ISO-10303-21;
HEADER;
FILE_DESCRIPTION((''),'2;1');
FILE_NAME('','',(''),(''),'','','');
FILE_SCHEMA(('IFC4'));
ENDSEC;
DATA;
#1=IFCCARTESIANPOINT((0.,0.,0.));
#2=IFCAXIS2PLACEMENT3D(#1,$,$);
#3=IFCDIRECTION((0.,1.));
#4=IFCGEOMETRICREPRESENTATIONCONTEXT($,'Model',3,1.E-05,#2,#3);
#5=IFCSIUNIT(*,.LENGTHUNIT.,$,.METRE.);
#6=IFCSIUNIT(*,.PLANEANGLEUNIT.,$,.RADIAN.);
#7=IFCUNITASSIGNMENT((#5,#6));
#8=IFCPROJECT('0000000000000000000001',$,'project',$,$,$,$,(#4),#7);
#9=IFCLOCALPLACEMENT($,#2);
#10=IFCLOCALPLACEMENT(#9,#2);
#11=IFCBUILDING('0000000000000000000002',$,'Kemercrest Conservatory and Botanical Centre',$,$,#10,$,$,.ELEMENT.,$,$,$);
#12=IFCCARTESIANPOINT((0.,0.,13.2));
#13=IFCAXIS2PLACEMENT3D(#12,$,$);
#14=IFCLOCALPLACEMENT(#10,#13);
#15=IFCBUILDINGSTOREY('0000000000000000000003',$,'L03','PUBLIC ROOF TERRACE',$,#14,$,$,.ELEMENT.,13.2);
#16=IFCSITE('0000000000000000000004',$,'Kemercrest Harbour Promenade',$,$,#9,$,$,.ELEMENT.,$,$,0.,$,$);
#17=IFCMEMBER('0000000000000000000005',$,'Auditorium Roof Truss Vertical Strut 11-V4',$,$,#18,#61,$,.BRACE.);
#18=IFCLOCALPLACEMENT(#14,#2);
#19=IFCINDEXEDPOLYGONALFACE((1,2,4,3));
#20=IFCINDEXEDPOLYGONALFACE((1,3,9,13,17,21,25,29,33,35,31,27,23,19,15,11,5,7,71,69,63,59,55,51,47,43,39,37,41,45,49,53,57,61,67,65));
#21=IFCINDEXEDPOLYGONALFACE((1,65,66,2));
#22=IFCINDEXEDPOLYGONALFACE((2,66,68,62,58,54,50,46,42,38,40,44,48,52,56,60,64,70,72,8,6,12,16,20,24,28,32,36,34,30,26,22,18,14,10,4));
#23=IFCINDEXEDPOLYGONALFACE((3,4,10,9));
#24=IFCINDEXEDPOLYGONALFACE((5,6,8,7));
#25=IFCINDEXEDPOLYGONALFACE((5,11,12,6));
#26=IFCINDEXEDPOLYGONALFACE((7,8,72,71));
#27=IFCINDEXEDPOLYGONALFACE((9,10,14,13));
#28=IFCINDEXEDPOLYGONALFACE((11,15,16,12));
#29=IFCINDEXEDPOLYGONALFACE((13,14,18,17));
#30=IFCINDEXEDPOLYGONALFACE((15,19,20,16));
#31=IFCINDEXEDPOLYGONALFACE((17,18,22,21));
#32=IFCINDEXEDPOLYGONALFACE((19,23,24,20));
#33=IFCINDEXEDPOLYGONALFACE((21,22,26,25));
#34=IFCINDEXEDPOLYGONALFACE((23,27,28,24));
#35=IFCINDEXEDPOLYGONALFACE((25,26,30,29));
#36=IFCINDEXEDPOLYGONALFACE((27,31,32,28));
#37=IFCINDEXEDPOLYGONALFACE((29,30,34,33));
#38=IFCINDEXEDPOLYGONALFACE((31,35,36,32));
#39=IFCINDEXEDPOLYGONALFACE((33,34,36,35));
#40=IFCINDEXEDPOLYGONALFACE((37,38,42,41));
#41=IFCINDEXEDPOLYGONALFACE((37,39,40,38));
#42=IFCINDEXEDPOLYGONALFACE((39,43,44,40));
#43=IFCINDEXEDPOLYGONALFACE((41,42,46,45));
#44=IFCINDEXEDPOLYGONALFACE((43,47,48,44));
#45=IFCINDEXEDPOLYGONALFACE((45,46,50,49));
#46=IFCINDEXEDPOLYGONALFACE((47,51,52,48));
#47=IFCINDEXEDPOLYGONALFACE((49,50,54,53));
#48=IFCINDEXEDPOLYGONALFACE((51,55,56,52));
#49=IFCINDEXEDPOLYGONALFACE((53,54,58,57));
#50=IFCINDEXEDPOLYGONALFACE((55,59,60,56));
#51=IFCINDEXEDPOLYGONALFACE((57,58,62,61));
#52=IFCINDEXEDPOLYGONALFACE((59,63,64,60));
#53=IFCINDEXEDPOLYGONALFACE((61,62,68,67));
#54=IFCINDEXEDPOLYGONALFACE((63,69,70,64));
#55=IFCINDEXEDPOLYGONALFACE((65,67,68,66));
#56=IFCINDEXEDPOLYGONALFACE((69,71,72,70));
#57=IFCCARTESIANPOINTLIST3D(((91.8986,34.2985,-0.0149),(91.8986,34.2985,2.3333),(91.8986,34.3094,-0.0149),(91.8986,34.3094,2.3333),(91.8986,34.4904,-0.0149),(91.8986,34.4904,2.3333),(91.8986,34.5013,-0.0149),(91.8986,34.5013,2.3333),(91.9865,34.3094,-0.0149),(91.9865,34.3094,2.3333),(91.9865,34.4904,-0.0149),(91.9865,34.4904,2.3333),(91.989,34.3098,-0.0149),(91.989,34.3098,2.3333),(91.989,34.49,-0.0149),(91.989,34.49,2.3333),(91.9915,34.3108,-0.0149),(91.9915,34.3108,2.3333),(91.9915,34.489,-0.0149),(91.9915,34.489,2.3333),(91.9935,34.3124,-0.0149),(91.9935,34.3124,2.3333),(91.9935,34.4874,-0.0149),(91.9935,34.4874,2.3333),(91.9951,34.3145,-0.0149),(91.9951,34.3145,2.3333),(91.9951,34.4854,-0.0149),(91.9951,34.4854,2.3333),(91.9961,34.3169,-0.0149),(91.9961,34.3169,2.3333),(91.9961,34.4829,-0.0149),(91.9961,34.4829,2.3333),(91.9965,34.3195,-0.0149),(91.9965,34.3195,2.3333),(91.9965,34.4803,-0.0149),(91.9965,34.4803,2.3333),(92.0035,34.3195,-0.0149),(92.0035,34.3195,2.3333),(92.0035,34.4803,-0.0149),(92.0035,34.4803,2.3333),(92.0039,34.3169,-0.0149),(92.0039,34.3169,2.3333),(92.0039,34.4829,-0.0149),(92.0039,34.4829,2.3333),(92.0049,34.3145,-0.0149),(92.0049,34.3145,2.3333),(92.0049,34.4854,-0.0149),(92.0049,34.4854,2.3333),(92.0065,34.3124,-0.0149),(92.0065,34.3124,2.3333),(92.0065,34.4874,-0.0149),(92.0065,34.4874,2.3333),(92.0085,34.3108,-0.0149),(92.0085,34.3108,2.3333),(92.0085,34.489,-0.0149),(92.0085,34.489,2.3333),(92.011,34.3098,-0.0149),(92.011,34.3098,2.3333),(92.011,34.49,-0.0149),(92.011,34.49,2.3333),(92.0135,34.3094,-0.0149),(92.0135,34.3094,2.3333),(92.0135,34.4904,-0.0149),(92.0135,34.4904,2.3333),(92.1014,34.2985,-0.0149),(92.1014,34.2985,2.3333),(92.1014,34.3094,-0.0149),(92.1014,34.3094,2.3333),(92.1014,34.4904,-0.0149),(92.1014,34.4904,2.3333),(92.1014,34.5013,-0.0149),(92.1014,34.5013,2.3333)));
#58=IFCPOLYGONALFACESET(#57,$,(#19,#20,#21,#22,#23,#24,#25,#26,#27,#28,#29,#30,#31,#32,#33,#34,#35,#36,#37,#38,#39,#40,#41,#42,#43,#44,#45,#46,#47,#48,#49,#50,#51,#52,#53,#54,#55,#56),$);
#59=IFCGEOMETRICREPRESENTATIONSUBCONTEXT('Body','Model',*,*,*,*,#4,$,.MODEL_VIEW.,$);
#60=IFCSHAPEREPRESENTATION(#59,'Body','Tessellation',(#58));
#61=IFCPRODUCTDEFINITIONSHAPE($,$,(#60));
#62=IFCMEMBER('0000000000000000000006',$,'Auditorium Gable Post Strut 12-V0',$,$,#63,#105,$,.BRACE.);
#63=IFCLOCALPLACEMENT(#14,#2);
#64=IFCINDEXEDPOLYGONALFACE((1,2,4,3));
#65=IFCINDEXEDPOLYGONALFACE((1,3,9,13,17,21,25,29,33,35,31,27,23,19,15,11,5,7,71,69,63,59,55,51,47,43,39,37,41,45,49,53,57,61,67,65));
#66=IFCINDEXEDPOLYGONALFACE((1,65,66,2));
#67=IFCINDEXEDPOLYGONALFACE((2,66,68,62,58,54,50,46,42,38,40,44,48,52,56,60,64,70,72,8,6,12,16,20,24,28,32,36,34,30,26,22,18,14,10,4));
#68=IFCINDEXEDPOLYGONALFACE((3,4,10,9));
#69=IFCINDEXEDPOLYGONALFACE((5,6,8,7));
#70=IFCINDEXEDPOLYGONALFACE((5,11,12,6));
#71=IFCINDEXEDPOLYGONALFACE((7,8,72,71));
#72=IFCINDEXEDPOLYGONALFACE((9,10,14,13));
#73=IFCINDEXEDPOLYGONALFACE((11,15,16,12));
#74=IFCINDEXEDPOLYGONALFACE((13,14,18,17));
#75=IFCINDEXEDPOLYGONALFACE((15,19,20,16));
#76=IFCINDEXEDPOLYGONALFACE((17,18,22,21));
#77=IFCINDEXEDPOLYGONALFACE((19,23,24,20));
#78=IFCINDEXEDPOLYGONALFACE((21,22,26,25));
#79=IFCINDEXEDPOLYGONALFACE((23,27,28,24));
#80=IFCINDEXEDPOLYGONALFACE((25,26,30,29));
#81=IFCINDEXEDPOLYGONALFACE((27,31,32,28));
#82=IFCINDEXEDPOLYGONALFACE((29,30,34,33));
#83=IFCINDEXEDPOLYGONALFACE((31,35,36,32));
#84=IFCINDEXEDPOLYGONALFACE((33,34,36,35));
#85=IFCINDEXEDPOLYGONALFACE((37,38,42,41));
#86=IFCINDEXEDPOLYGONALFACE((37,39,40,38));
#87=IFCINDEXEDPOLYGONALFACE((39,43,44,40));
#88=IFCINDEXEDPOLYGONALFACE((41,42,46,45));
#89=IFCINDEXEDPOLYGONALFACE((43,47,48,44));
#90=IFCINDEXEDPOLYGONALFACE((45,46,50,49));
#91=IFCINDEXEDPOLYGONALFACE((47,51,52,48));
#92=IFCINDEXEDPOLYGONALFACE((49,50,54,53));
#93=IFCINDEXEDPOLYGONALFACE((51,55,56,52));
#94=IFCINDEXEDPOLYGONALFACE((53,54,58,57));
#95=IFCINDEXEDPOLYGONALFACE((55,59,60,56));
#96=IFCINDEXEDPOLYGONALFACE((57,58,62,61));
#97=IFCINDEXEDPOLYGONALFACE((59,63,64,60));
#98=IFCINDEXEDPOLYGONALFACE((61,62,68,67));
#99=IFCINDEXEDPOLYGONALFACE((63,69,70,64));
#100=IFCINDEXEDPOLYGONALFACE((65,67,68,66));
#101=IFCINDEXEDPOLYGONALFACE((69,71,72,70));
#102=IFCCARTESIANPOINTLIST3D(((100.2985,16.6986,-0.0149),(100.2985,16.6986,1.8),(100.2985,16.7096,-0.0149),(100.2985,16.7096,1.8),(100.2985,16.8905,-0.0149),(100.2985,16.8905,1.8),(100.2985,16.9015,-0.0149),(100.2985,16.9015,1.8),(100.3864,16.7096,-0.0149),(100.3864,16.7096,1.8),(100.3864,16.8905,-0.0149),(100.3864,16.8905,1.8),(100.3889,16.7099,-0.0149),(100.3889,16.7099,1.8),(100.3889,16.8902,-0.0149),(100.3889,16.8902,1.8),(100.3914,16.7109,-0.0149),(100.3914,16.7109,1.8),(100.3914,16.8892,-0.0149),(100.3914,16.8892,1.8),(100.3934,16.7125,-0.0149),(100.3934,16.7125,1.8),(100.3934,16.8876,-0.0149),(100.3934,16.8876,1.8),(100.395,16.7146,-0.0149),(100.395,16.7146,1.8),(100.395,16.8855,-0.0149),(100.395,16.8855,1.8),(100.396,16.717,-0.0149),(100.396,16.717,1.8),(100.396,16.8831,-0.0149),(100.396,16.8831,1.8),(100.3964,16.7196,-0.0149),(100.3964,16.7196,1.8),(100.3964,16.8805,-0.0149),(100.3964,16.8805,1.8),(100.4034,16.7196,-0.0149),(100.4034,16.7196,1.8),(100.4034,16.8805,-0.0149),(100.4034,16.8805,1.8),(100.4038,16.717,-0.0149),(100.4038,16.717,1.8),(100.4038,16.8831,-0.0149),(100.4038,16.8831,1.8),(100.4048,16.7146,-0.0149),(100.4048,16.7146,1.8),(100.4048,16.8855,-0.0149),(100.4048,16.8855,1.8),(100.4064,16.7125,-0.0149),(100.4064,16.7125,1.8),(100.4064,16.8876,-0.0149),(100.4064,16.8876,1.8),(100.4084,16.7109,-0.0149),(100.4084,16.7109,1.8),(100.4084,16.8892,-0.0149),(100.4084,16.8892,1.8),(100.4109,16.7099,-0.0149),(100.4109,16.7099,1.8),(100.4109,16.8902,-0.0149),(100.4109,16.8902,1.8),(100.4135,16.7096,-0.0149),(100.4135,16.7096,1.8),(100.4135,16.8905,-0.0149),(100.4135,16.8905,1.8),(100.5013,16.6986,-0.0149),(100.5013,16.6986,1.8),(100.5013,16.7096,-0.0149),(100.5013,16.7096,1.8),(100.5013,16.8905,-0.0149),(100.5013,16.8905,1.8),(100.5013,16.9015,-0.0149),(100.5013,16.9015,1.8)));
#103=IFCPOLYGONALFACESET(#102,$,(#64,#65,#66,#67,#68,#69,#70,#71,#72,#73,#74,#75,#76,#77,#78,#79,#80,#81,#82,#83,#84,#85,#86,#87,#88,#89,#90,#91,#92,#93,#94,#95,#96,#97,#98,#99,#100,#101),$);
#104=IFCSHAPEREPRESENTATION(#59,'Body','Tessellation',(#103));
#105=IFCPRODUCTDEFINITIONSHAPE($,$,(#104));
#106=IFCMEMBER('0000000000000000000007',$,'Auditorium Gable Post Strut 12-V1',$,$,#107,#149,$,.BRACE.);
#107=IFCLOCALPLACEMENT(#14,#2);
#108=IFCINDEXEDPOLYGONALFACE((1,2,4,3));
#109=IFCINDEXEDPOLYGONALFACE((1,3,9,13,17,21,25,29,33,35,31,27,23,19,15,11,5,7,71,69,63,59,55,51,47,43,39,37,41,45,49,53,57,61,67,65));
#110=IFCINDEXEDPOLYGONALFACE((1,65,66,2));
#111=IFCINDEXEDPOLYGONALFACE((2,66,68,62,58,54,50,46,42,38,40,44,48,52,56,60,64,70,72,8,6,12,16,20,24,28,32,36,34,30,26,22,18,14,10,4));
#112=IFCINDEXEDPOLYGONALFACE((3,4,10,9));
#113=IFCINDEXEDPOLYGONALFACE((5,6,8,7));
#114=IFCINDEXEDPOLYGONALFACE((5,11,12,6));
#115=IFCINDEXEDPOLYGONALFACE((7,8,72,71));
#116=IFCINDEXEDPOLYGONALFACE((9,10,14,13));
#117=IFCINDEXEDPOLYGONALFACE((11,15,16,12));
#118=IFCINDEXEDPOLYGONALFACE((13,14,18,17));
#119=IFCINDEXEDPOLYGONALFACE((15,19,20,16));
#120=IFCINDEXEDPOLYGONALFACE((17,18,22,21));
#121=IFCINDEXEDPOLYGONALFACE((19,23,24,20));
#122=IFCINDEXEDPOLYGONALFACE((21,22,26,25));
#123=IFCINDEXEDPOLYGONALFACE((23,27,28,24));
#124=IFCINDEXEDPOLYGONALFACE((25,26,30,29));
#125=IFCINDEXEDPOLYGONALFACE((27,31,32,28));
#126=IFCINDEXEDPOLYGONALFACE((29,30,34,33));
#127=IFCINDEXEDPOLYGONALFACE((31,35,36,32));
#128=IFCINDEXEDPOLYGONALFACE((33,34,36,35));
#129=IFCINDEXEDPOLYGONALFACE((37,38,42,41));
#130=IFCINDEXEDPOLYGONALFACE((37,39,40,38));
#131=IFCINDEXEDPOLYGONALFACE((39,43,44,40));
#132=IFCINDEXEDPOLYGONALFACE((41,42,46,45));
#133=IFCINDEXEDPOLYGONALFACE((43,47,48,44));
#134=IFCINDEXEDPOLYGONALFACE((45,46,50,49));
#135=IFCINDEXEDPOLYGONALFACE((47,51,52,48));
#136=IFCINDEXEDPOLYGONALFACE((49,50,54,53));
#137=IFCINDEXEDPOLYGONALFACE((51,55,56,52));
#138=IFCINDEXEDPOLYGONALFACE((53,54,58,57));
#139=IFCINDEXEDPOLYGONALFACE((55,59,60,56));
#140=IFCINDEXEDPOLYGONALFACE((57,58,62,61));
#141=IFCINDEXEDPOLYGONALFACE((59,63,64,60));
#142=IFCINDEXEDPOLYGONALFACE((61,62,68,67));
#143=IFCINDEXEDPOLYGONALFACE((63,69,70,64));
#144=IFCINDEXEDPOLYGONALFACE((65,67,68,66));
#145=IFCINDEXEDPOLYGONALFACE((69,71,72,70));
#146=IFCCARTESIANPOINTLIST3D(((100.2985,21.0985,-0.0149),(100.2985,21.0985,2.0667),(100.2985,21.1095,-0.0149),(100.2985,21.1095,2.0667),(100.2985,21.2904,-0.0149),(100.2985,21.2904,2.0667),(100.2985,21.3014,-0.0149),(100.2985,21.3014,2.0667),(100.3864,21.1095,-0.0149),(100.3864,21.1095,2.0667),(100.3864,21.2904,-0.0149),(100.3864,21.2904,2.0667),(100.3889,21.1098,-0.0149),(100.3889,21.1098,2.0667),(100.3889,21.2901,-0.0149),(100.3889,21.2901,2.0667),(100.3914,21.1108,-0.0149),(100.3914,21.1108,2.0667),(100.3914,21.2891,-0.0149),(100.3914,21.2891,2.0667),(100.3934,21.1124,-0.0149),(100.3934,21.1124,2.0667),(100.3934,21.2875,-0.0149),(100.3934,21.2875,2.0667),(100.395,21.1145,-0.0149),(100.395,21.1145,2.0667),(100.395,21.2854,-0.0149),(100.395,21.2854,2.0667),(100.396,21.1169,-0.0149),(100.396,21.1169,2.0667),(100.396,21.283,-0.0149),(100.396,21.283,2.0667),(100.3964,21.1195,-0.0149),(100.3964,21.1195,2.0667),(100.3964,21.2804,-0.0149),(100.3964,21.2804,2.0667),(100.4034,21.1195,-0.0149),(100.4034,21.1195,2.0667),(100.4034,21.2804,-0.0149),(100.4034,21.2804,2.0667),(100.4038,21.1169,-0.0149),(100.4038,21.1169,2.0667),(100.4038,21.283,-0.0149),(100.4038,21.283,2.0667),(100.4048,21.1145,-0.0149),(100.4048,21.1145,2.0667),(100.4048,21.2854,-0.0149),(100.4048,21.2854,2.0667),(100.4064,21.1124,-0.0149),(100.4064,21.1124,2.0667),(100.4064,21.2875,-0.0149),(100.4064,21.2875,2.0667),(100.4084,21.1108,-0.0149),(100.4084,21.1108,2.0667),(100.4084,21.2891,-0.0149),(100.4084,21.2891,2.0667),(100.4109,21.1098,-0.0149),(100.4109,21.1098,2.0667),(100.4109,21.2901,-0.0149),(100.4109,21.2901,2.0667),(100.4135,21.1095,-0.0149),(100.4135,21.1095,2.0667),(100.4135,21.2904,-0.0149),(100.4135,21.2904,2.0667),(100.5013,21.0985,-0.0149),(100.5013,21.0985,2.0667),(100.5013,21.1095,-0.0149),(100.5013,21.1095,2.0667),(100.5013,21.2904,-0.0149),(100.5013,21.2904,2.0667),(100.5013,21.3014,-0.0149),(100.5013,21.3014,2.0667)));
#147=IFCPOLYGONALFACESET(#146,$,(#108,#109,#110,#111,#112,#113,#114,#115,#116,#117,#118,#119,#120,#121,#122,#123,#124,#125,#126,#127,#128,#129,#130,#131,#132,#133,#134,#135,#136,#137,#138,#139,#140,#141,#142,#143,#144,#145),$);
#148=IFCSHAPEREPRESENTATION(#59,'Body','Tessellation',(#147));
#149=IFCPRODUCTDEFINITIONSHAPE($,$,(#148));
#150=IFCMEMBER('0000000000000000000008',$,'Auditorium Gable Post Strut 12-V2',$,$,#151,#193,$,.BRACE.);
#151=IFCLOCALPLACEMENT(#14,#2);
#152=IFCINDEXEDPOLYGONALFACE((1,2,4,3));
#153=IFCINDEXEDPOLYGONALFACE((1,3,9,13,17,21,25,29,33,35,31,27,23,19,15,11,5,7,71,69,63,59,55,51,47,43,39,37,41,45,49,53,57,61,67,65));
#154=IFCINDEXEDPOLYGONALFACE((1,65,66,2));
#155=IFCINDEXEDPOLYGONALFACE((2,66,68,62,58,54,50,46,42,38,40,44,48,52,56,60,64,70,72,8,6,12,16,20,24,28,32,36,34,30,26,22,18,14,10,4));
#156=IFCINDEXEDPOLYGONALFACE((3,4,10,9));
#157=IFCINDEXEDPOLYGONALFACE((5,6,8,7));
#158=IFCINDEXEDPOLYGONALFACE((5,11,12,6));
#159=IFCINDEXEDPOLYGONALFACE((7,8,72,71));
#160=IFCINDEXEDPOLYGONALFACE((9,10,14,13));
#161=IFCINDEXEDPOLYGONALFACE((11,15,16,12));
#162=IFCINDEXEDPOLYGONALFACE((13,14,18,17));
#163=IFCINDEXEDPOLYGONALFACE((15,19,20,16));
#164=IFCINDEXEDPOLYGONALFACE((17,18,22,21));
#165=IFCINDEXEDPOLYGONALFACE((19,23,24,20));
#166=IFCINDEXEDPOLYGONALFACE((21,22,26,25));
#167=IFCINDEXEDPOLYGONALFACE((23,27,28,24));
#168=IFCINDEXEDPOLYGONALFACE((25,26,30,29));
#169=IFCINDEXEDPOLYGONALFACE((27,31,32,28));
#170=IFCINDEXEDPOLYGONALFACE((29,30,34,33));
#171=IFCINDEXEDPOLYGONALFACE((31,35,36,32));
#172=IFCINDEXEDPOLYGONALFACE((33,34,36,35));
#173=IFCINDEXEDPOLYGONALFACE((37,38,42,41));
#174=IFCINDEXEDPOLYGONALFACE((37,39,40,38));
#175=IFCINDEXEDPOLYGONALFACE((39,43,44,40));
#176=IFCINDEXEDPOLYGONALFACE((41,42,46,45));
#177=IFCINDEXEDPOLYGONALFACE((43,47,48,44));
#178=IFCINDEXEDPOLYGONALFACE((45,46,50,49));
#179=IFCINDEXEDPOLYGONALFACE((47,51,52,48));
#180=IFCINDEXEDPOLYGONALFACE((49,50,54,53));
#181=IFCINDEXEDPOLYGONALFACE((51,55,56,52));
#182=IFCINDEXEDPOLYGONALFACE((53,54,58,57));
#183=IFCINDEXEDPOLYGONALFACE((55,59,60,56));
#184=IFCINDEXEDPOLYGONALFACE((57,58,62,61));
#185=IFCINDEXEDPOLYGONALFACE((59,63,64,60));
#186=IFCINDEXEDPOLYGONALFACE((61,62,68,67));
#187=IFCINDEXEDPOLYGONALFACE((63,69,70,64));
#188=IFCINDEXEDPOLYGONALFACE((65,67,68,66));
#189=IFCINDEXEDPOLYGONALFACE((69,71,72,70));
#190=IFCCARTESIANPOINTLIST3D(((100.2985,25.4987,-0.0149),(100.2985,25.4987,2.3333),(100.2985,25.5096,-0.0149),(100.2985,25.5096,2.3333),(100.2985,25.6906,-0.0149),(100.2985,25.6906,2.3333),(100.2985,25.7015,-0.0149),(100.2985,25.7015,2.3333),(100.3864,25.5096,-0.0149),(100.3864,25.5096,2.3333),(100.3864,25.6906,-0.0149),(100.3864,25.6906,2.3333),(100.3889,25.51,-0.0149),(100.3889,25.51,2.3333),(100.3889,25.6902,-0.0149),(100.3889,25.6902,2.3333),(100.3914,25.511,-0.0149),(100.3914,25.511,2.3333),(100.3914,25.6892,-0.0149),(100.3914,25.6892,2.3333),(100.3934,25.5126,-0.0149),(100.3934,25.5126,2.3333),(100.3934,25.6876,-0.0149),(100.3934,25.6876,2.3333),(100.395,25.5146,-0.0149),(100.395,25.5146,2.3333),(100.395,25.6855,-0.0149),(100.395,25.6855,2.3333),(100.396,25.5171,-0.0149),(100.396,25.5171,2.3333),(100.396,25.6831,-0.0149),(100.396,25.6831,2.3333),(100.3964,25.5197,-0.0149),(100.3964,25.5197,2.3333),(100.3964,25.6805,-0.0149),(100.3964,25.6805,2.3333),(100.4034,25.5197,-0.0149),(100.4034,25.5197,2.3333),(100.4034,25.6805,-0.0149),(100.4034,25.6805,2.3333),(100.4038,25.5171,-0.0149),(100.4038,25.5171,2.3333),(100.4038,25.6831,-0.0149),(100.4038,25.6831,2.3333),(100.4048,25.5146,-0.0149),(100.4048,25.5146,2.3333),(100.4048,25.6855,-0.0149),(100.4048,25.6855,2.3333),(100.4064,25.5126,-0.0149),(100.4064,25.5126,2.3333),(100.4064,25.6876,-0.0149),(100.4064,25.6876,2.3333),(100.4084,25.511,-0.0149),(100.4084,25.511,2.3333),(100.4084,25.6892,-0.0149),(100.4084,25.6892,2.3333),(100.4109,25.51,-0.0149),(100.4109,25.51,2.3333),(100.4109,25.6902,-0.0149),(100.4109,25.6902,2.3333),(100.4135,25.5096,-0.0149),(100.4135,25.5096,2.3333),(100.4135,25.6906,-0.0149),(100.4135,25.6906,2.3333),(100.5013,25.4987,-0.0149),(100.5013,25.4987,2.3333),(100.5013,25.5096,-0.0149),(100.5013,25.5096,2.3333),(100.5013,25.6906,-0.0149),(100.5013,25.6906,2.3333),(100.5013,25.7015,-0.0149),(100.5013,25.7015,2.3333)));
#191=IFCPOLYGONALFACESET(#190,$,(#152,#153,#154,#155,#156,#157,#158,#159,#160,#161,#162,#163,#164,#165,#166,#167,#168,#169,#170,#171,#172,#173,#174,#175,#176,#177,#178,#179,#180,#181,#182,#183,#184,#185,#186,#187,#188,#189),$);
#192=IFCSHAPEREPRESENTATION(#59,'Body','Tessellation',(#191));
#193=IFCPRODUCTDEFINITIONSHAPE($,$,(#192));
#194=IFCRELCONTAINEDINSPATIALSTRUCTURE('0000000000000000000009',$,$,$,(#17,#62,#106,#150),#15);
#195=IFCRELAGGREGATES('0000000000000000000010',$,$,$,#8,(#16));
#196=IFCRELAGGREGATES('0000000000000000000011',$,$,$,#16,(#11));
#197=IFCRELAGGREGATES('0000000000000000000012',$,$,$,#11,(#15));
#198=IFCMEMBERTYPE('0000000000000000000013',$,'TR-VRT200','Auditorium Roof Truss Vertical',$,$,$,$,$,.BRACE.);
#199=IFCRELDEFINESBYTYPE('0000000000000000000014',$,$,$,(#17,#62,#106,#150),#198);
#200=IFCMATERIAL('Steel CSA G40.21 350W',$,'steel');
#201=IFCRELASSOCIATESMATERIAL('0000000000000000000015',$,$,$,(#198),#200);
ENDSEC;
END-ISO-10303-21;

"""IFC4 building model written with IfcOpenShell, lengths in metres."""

from ifc_helpers import new_model, si_unit, direction, frame, origin, origin_2d, place, context, subcontext, project, spatial, i_section, extrude, material, material_profile, profile_set, type_object, element, save


model = new_model("IFC4")

# Units and contexts
model_context = context("Model", 3, precision=1e-05, world=origin(), true_north=direction((0.0, 1.0)))
body_context = subcontext(model_context, "Body", "Model", "MODEL_VIEW")
ifc_project = project(units=[si_unit("LENGTHUNIT", "METRE"), si_unit("PLANEANGLEUNIT", "RADIAN")], contexts=[model_context])

# Site, building, storey
site_placement = place(None, origin())
site = spatial("IfcSite", under=ifc_project, at=site_placement, Name="Kemercrest Harbour Promenade", CompositionType="ELEMENT", RefElevation=0.0)
building_placement = place(site_placement, origin())
building = spatial("IfcBuilding", under=site, at=building_placement, Name="Kemercrest Conservatory and Botanical Centre", CompositionType="ELEMENT")
storey_placement = place(building_placement, frame((0.0, 0.0, 13.2)))
storey = spatial("IfcBuildingStorey", under=building, at=storey_placement, Name="L03", Description="PUBLIC ROOF TERRACE", CompositionType="ELEMENT", Elevation=13.2)

# Members
ifc_material = material(Name="Steel CSA G40.21 350W", Category="steel")
ifc_material_profile_1 = material_profile(ifc_material, i_section(OverallWidth=0.2029, OverallDepth=0.2029, WebThickness=0.0071, FlangeThickness=0.011, FilletRadius=0.01, at=origin_2d()), Name="W200X46")
ifc_profile_set_1 = profile_set([ifc_material_profile_1], Name="Steel CSA G40.21 350W")
member_type_1 = type_object("IfcMemberType", Name="TR-VRT200", Description="Auditorium Roof Truss Vertical", PredefinedType="BRACE", material=ifc_profile_set_1)
member_1_placement = place(storey_placement, frame((92.0, 34.3999, -0.0149), z_axis=(0.0, 0.0, 1.0), x_axis=(1.0, 0.0, 0.0)))
element("IfcMember", 1, at=member_1_placement, inside=storey, type_object=member_type_1, Name="Auditorium Roof Truss Vertical Strut 11-V4", PredefinedType="BRACE", context=body_context, shape_type="SweptSolid", body=[
    extrude(i_section(OverallWidth=0.2029, OverallDepth=0.2029, WebThickness=0.0071, FlangeThickness=0.011, FilletRadius=0.01, at=origin_2d()), origin(), (0.0, 0.0, 1.0), 2.3481),
])
member_2_placement = place(storey_placement, frame((100.3999, 16.8, -0.0149), z_axis=(0.0, 0.0, 1.0), x_axis=(1.0, 0.0, 0.0)))
element("IfcMember", 2, at=member_2_placement, inside=storey, type_object=member_type_1, Name="Auditorium Gable Post Strut 12-V0", PredefinedType="BRACE", context=body_context, shape_type="SweptSolid", body=[
    extrude(i_section(OverallWidth=0.2029, OverallDepth=0.2029, WebThickness=0.0071, FlangeThickness=0.011, FilletRadius=0.01, at=origin_2d()), origin(), (0.0, 0.0, 1.0), 1.8149),
])
member_3_placement = place(storey_placement, frame((100.3999, 21.2, -0.0149), z_axis=(0.0, 0.0, 1.0), x_axis=(1.0, 0.0, 0.0)))
element("IfcMember", 3, at=member_3_placement, inside=storey, type_object=member_type_1, Name="Auditorium Gable Post Strut 12-V1", PredefinedType="BRACE", context=body_context, shape_type="SweptSolid", body=[
    extrude(i_section(OverallWidth=0.2029, OverallDepth=0.2029, WebThickness=0.0071, FlangeThickness=0.011, FilletRadius=0.01, at=origin_2d()), origin(), (0.0, 0.0, 1.0), 2.0815),
])
member_4_placement = place(storey_placement, frame((100.3999, 25.6001, -0.0149), z_axis=(0.0, 0.0, 1.0), x_axis=(1.0, 0.0, 0.0)))
element("IfcMember", 4, at=member_4_placement, inside=storey, type_object=member_type_1, Name="Auditorium Gable Post Strut 12-V2", PredefinedType="BRACE", context=body_context, shape_type="SweptSolid", body=[
    extrude(i_section(OverallWidth=0.2029, OverallDepth=0.2029, WebThickness=0.0071, FlangeThickness=0.011, FilletRadius=0.01, at=origin_2d()), origin(), (0.0, 0.0, 1.0), 2.3481),
])

save(model, "model.ifc")
